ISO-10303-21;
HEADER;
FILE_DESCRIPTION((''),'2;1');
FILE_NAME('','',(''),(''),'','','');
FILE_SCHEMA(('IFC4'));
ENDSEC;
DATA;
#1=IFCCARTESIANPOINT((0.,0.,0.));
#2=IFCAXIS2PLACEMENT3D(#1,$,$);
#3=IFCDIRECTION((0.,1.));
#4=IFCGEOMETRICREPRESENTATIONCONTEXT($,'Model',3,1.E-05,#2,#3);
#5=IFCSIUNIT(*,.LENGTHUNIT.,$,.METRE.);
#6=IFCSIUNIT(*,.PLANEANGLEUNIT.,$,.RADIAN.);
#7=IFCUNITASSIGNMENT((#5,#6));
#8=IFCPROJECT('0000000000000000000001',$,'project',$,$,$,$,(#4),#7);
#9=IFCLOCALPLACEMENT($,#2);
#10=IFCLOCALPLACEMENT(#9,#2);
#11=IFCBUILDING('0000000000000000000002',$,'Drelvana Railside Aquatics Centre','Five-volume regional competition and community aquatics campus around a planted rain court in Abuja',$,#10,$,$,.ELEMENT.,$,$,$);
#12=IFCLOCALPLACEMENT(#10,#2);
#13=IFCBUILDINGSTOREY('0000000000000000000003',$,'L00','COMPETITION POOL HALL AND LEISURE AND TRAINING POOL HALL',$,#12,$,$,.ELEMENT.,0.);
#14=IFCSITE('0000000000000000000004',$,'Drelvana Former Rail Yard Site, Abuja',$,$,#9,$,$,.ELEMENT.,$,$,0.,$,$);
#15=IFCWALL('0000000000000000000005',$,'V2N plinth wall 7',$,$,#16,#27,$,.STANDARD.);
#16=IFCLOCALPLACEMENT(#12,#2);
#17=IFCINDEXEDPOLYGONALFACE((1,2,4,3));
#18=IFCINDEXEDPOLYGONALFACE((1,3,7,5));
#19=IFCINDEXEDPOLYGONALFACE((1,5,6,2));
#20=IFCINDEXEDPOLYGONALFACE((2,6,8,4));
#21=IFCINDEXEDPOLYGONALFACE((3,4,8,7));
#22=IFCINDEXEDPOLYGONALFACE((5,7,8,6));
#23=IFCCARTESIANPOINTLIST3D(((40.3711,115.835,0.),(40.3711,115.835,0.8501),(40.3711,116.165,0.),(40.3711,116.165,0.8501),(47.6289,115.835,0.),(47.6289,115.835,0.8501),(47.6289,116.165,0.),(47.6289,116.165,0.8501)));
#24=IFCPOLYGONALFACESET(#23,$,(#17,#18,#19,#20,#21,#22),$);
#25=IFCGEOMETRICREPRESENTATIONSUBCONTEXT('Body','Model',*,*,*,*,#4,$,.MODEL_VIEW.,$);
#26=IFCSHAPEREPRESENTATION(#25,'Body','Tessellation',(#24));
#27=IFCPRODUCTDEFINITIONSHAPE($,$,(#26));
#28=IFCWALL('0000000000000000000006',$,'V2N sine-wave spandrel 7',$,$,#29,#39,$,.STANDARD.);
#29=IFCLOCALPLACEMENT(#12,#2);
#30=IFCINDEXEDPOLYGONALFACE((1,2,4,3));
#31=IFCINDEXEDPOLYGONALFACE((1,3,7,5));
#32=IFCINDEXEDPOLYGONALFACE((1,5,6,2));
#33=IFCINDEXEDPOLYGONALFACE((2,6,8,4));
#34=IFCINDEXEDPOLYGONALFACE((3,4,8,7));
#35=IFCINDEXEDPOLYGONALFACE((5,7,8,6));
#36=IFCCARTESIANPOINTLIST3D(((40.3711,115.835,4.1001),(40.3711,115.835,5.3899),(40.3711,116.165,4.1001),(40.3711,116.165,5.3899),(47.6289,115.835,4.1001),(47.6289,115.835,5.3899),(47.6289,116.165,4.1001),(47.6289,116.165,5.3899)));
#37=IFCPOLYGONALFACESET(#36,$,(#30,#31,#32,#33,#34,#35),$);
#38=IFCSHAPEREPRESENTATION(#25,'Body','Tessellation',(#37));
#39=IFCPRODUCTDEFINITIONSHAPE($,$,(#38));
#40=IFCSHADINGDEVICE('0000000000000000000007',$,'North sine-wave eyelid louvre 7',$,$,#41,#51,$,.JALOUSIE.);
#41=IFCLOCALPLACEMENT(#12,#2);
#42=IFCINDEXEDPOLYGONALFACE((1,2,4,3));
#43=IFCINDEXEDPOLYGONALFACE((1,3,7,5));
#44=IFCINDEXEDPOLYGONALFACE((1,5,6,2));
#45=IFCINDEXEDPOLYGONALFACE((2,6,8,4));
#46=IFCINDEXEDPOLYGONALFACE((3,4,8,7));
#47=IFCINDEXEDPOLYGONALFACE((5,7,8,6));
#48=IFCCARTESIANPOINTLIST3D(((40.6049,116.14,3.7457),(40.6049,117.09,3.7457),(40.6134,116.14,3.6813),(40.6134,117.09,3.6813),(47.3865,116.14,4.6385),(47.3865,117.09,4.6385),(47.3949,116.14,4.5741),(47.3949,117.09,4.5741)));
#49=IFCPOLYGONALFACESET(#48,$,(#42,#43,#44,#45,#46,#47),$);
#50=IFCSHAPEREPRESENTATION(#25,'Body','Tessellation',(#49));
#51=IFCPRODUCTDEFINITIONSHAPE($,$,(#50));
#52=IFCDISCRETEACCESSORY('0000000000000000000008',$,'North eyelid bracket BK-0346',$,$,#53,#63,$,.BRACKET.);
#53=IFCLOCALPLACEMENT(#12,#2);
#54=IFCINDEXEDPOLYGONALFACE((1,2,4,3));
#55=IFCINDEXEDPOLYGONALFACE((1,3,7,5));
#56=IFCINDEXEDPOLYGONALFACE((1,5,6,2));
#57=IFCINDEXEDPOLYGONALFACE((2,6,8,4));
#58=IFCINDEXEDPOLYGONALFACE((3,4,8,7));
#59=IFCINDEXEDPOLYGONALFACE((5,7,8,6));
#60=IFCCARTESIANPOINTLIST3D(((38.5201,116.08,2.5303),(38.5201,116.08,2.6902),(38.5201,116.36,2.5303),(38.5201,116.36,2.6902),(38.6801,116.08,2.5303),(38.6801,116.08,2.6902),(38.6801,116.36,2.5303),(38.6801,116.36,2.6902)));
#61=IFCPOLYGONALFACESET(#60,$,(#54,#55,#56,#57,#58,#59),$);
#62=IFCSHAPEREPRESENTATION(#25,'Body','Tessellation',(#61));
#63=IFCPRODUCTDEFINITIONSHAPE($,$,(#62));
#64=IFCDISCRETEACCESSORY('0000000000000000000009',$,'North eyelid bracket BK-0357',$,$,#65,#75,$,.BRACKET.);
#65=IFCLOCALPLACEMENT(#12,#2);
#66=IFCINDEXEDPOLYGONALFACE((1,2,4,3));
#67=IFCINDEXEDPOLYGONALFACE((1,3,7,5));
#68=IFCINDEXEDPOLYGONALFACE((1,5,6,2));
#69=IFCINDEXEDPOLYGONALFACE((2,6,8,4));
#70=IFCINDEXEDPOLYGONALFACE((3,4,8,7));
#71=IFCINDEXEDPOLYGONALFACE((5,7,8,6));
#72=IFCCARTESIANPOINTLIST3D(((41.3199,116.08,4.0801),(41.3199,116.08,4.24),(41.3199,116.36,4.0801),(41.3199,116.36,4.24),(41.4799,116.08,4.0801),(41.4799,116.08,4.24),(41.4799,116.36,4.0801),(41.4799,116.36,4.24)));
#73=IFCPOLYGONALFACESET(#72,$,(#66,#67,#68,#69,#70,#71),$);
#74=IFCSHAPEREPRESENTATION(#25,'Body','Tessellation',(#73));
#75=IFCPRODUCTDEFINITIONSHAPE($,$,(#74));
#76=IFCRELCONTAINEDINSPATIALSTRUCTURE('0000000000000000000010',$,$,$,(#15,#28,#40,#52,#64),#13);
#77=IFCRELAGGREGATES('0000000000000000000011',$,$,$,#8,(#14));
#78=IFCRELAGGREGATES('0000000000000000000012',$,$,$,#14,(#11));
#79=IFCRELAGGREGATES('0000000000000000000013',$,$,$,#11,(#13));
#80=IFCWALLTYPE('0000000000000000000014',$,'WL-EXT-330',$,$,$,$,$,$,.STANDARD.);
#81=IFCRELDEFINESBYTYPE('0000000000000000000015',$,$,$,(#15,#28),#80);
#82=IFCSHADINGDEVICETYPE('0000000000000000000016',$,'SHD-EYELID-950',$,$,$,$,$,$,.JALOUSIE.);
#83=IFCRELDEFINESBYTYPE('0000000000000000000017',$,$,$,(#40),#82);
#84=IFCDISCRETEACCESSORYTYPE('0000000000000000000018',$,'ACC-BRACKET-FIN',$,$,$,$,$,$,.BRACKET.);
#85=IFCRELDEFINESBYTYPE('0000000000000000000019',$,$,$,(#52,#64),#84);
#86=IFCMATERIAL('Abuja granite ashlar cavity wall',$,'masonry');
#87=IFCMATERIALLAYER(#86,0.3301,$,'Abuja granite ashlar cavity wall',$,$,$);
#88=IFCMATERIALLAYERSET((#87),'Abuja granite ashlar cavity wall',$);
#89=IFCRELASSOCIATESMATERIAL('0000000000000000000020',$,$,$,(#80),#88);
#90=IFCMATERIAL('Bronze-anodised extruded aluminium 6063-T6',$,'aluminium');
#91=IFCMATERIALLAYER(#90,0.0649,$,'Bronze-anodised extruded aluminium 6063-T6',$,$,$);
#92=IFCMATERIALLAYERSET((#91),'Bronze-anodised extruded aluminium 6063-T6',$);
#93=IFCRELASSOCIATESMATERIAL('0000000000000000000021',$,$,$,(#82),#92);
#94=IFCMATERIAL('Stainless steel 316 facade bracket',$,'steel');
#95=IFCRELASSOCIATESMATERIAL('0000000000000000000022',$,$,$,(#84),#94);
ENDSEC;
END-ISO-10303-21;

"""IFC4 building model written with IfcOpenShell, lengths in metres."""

from ifc_helpers import new_model, si_unit, direction, frame, frame_2d, origin, origin_2d, place, context, subcontext, project, spatial, rectangle, extrude, material, layer, layer_set, type_object, element, save


model = new_model("IFC4")

# Units and contexts
model_context = context("Model", 3, precision=1e-05, world=origin(), true_north=direction((0.0, 1.0)))
body_context = subcontext(model_context, "Body", "Model", "MODEL_VIEW")
ifc_project = project(units=[si_unit("LENGTHUNIT", "METRE"), si_unit("PLANEANGLEUNIT", "RADIAN")], contexts=[model_context])

# Site, building, storey
site_placement = place(None, origin())
site = spatial("IfcSite", under=ifc_project, at=site_placement, Name="Drelvana Former Rail Yard Site, Abuja", CompositionType="ELEMENT", RefElevation=0.0)
building_placement = place(site_placement, origin())
building = spatial("IfcBuilding", under=site, at=building_placement, Name="Drelvana Railside Aquatics Centre", Description="Five-volume regional competition and community aquatics campus around a planted rain court in Abuja", CompositionType="ELEMENT")
storey_placement = place(building_placement, origin())
storey = spatial("IfcBuildingStorey", under=building, at=storey_placement, Name="L00", Description="COMPETITION POOL HALL AND LEISURE AND TRAINING POOL HALL", CompositionType="ELEMENT", Elevation=0.0)

# Walls
ifc_material_1 = material(Name="Abuja granite ashlar cavity wall", Category="masonry")
ifc_layer_1 = layer(ifc_material_1, 0.3301, Name="Abuja granite ashlar cavity wall")
ifc_layer_set_1 = layer_set([ifc_layer_1], Name="Abuja granite ashlar cavity wall")
wall_type = type_object("IfcWallType", Name="WL-EXT-330", PredefinedType="STANDARD", material=ifc_layer_set_1)
wall_1_placement = place(storey_placement, frame((40.3711, 116.0, 0.0), z_axis=(0.0, 0.0, 1.0), x_axis=(1.0, 0.0, 0.0)))
element("IfcWall", 1, at=wall_1_placement, inside=storey, type_object=wall_type, Name="V2N plinth wall 7", PredefinedType="STANDARD", context=body_context, shape_type="SweptSolid", body=[
    extrude(rectangle(XDim=7.2578, YDim=0.3301, at=frame_2d((3.6289, 0.0))), origin(), (0.0, 0.0, 1.0), 0.8501),
])
wall_2_placement = place(storey_placement, frame((40.3711, 116.0, 4.1001), z_axis=(0.0, 0.0, 1.0), x_axis=(1.0, 0.0, 0.0)))
element("IfcWall", 2, at=wall_2_placement, inside=storey, type_object=wall_type, Name="V2N sine-wave spandrel 7", PredefinedType="STANDARD", context=body_context, shape_type="SweptSolid", body=[
    extrude(rectangle(XDim=7.2578, YDim=0.3301, at=frame_2d((3.6289, 0.0))), origin(), (0.0, 0.0, 1.0), 1.2898),
])

# Shading device
ifc_material_2 = material(Name="Bronze-anodised extruded aluminium 6063-T6", Category="aluminium")
ifc_layer_2 = layer(ifc_material_2, 0.0649, Name="Bronze-anodised extruded aluminium 6063-T6")
ifc_layer_set_2 = layer_set([ifc_layer_2], Name="Bronze-anodised extruded aluminium 6063-T6")
shading_device_type = type_object("IfcShadingDeviceType", Name="SHD-EYELID-950", PredefinedType="JALOUSIE", material=ifc_layer_set_2)
shading_device_placement = place(storey_placement, frame((44.0042, 116.615, 4.1277), z_axis=(-0.130526, 0.0, 0.991445), x_axis=(0.0, 1.0, 0.0)))
element("IfcShadingDevice", 3, at=shading_device_placement, inside=storey, type_object=shading_device_type, Name="North sine-wave eyelid louvre 7", PredefinedType="JALOUSIE", context=body_context, shape_type="SweptSolid", body=[
    extrude(rectangle(XDim=0.95, YDim=6.8401, at=origin_2d()), origin(), (0.0, 0.0, 1.0), 0.0649),
])

# Discrete accessories
ifc_material_3 = material(Name="Stainless steel 316 facade bracket", Category="steel")
discrete_accessory_type = type_object("IfcDiscreteAccessoryType", Name="ACC-BRACKET-FIN", PredefinedType="BRACKET", material=ifc_material_3)
for number, where, z_axis, x_axis, name in (
    (4, (38.6001, 116.22, 2.5303), (0.0, 0.0, 1.0), (1.0, 0.0, 0.0), "North eyelid bracket BK-0346"),
    (5, (41.3999, 116.22, 4.0801), (0.0, 0.0, 1.0), (1.0, 0.0, 0.0), "North eyelid bracket BK-0357"),
):
    element("IfcDiscreteAccessory", number, at=place(storey_placement, frame(where, z_axis=z_axis, x_axis=x_axis)), inside=storey, type_object=discrete_accessory_type, Name=name, PredefinedType="BRACKET", context=body_context, shape_type="SweptSolid", body=[
        extrude(rectangle(XDim=0.1599, YDim=0.28, at=origin_2d()), origin(), (0.0, 0.0, 1.0), 0.1599),
    ])

save(model, "model.ifc")
